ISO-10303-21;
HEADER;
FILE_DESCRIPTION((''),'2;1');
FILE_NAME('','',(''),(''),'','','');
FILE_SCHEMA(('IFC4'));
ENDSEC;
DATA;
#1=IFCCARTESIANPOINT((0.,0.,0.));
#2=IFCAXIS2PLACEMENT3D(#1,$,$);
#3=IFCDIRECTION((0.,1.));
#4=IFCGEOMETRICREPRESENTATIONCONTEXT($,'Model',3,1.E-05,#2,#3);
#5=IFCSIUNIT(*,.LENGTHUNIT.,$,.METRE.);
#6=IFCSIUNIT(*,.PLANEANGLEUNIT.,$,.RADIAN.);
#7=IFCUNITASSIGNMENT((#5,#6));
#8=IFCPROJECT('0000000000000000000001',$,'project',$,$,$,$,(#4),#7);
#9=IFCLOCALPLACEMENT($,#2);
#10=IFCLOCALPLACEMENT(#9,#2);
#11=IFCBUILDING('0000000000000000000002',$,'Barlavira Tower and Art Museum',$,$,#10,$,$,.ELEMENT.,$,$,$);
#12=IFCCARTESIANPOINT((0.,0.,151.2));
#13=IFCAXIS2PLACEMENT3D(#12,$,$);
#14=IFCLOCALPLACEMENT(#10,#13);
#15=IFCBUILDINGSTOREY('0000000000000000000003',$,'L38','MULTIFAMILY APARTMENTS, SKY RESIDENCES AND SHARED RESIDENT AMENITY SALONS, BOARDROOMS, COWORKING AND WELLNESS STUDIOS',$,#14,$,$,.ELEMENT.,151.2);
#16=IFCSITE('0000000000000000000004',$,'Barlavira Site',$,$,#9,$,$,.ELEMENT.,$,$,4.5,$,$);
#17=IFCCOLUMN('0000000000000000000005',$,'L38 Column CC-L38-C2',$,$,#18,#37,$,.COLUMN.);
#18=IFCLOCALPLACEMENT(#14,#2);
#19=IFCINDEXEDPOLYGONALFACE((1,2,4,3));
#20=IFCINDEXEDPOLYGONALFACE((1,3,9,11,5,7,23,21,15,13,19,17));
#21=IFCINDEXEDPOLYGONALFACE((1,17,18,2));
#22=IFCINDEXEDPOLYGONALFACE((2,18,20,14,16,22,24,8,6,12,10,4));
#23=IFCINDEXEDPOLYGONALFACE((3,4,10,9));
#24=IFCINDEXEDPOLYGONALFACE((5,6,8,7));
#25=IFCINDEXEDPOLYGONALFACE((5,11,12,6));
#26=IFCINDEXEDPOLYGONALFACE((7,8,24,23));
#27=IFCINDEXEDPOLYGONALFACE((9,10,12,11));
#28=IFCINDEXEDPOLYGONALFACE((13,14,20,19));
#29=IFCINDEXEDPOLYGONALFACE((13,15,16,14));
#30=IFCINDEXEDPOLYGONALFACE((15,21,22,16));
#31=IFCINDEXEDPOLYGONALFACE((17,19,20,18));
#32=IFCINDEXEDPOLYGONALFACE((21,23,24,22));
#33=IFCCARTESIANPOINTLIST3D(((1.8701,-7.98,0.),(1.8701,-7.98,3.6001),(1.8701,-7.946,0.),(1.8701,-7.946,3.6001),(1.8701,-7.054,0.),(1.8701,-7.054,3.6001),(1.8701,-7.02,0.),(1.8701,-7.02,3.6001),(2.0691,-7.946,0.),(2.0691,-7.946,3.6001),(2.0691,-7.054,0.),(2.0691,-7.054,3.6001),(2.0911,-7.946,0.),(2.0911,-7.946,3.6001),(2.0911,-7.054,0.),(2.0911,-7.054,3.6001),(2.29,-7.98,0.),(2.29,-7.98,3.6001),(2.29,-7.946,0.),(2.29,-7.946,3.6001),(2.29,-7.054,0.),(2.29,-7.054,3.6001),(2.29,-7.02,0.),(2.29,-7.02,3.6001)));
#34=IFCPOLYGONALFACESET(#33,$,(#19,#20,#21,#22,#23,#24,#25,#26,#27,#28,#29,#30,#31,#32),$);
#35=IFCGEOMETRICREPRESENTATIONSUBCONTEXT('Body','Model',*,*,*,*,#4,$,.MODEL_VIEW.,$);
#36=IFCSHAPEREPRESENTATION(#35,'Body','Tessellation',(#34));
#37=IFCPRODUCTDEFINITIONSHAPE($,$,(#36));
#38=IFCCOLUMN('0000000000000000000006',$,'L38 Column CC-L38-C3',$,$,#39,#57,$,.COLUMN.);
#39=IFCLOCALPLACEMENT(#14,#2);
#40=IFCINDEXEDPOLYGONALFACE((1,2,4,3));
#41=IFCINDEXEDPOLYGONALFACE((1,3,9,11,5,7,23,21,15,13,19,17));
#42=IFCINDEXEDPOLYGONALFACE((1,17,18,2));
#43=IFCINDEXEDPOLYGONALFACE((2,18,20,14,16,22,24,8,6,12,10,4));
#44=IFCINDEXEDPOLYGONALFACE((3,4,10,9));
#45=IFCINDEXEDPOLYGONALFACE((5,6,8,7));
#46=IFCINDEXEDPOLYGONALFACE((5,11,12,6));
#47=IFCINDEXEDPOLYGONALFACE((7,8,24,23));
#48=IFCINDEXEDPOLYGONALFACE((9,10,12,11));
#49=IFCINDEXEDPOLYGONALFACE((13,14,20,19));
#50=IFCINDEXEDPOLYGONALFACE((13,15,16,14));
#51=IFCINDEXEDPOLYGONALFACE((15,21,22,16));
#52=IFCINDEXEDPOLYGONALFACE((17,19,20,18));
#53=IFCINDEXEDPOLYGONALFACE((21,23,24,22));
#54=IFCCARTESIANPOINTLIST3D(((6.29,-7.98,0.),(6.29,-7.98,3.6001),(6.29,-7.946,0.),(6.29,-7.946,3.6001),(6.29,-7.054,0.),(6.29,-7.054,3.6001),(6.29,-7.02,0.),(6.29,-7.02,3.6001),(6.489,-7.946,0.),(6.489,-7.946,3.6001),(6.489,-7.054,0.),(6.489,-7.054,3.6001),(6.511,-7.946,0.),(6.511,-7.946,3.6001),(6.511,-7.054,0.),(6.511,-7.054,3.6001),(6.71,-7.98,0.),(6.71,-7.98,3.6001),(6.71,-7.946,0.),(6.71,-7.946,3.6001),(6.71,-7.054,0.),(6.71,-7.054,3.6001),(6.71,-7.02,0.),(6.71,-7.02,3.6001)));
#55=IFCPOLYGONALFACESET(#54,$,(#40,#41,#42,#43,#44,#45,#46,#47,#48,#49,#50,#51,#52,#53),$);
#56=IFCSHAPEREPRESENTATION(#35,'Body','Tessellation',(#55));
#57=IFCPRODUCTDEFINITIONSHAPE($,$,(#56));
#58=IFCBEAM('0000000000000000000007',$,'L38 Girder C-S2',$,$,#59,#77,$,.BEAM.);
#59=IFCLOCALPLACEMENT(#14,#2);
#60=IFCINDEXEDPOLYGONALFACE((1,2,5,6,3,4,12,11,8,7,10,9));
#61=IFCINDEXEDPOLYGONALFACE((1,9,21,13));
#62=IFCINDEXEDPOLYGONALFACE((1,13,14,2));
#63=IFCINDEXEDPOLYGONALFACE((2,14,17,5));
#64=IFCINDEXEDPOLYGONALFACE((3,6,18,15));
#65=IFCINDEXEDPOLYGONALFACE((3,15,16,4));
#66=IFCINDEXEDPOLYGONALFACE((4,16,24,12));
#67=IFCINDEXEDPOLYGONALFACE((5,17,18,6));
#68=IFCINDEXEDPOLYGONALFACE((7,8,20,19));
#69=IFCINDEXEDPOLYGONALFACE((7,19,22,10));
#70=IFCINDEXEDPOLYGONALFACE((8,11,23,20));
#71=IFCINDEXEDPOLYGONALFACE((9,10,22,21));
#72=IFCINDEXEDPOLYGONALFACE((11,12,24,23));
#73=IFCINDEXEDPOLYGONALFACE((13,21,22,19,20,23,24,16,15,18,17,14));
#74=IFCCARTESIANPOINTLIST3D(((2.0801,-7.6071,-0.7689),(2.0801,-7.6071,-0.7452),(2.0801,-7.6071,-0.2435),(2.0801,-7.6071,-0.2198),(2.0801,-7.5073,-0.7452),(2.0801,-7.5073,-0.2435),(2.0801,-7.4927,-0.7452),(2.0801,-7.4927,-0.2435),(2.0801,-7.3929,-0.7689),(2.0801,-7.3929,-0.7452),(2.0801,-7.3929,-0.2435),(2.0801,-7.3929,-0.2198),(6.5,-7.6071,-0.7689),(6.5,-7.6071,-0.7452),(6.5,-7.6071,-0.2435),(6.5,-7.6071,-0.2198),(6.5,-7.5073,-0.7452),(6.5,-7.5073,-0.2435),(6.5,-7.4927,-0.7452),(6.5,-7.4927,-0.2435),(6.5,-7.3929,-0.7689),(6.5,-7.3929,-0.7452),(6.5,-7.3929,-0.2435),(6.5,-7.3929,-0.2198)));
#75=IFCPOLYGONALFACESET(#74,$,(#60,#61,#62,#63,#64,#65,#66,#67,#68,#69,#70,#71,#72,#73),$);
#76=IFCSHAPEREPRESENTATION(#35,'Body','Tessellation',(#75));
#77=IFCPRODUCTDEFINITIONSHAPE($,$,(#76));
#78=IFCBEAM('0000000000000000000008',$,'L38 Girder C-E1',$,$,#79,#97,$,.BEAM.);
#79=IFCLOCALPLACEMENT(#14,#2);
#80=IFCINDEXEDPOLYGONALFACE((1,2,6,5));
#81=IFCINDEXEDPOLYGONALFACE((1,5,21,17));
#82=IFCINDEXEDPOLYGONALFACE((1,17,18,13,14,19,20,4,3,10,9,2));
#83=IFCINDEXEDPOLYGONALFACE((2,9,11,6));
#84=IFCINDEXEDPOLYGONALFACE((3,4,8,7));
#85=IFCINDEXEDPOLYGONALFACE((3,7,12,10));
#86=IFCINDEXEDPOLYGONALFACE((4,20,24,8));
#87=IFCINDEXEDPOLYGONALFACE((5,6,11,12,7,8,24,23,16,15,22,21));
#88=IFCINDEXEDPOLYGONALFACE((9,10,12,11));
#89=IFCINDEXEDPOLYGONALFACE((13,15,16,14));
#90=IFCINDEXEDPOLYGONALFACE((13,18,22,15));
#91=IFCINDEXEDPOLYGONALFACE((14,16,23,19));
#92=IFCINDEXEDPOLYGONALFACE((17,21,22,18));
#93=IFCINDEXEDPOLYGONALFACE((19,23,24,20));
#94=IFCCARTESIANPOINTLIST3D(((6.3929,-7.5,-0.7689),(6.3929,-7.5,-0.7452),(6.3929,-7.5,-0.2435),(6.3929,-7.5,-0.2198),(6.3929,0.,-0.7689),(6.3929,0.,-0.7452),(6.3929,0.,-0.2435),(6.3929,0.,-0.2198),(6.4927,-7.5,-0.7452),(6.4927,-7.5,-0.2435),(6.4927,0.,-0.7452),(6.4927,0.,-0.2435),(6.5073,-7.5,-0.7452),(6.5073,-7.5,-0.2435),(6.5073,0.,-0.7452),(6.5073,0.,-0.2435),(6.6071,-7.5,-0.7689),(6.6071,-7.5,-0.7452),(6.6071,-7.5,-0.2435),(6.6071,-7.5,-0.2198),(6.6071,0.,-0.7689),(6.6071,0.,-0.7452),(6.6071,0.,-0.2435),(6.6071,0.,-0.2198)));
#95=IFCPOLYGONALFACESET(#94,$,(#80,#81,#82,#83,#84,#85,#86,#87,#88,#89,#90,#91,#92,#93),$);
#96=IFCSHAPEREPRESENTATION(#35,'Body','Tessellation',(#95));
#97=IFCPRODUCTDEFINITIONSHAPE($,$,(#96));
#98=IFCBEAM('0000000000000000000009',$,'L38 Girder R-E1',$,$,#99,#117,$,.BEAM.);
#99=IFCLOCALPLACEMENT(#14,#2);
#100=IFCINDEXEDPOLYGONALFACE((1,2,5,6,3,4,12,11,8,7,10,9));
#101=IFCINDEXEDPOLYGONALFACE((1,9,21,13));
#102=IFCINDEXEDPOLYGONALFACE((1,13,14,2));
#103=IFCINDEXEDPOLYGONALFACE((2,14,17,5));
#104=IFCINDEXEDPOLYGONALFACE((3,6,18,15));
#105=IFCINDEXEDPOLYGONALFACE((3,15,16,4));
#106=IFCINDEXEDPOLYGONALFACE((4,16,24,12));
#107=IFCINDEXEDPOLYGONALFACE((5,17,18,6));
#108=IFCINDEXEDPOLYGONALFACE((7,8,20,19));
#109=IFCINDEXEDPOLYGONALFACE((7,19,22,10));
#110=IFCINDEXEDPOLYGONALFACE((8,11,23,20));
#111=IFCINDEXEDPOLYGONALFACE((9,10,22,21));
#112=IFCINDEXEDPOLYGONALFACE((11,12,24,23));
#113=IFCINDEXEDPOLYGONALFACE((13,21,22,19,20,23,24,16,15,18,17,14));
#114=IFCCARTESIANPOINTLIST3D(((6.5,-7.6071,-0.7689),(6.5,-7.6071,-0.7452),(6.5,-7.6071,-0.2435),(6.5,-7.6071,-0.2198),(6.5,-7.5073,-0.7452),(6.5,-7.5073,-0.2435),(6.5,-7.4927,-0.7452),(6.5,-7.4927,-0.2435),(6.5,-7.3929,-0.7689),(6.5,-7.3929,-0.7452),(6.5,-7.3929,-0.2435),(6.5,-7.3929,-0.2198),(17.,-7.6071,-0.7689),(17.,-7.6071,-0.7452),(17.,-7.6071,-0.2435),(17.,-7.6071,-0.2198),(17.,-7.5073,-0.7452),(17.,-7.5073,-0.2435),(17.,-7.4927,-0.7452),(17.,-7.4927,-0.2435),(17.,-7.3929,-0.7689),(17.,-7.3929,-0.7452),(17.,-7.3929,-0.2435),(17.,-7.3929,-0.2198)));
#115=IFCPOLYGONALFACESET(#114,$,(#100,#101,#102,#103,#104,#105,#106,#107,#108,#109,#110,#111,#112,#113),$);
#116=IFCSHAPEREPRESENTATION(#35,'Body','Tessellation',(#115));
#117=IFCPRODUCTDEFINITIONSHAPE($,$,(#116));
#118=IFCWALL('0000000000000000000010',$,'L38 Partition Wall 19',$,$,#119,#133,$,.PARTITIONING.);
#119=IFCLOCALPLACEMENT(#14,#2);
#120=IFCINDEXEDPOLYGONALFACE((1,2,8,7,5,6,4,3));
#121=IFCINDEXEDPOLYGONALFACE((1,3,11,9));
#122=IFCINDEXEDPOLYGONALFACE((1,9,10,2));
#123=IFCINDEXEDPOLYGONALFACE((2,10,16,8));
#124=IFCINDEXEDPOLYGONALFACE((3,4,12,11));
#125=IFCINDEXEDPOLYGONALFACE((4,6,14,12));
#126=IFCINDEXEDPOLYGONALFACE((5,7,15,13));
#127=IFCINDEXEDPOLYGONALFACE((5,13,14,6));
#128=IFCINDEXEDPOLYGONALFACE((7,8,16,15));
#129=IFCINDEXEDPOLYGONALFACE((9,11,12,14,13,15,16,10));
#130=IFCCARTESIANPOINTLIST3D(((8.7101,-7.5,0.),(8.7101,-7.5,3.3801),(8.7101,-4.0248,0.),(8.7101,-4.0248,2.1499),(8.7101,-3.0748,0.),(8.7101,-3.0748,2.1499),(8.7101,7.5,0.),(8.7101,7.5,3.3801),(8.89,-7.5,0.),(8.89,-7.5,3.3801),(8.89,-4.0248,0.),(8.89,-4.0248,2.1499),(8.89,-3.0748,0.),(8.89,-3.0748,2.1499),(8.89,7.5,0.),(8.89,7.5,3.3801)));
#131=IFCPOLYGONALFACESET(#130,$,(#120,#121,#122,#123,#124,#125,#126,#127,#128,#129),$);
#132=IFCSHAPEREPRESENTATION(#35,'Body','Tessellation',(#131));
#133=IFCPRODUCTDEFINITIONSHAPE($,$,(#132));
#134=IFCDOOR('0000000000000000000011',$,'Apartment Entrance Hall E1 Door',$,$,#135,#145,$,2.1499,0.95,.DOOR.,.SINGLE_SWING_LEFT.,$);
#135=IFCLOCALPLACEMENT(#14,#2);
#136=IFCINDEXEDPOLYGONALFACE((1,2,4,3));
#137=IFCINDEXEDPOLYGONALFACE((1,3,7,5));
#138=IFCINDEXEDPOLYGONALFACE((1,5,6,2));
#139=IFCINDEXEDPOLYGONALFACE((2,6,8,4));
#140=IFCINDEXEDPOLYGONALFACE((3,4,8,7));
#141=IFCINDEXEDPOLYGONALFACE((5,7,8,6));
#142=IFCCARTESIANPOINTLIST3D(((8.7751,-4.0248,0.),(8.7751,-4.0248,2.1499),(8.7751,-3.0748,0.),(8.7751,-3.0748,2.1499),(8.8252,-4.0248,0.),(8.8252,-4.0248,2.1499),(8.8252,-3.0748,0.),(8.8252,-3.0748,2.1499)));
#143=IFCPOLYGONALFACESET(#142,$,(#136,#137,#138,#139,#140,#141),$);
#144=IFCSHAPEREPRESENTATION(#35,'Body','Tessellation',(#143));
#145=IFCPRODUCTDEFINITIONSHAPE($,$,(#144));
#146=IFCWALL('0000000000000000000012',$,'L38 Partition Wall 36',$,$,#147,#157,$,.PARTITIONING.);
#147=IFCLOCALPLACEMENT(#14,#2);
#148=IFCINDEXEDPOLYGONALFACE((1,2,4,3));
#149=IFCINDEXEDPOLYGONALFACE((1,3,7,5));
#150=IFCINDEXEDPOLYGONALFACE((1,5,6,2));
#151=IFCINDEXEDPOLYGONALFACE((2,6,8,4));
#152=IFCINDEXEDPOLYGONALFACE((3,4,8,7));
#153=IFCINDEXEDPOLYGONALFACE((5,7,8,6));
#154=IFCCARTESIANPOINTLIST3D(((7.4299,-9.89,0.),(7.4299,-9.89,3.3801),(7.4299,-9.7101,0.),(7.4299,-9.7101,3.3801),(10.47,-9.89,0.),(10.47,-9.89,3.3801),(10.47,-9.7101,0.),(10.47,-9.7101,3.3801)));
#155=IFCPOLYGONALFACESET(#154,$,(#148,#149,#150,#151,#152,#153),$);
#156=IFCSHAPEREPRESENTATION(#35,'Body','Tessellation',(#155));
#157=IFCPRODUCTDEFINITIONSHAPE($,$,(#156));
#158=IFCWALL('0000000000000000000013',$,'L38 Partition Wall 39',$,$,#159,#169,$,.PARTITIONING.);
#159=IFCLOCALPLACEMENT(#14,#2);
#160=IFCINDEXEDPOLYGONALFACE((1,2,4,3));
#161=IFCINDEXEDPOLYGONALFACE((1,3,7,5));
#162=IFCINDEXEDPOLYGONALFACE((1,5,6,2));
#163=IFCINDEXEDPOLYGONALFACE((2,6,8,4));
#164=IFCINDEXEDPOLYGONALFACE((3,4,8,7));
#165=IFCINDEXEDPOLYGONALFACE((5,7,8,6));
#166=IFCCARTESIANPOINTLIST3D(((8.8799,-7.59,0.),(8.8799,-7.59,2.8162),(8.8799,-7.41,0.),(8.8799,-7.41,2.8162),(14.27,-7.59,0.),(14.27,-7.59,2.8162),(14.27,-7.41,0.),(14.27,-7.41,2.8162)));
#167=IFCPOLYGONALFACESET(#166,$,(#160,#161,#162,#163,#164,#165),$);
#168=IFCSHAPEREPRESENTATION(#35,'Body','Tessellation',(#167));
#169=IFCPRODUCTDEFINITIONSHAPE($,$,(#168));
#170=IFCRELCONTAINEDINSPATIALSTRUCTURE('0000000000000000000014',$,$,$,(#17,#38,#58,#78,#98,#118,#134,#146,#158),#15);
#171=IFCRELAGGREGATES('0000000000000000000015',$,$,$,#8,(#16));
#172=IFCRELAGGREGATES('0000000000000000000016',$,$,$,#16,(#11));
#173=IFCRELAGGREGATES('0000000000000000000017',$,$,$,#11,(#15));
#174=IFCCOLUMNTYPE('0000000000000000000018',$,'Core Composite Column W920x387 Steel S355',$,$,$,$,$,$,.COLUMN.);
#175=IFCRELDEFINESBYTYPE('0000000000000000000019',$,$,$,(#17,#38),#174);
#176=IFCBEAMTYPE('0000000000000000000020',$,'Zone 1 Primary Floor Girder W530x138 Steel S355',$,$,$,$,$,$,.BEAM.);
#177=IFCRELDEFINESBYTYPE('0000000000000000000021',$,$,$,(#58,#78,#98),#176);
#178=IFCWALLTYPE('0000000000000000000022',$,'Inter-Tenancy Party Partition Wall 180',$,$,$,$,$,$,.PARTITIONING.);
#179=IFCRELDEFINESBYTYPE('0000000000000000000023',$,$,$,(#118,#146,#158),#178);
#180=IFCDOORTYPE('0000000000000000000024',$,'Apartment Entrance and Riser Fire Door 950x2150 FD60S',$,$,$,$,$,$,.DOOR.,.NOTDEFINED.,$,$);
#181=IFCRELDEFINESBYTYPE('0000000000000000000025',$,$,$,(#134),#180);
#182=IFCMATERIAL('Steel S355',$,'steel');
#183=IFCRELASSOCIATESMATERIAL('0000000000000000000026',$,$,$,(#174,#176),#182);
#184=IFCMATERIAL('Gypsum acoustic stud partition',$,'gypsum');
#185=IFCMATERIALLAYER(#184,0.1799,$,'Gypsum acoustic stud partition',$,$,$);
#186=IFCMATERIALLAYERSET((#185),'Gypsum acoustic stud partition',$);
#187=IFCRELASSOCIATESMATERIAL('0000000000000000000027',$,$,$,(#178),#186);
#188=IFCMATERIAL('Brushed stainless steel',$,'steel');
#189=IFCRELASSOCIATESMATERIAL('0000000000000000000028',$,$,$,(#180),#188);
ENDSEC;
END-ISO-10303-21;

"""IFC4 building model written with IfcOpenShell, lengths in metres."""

from ifc_helpers import new_model, si_unit, direction, frame, frame_2d, origin, origin_2d, place, context, subcontext, project, spatial, rectangle, i_section, extrude, material, layer, layer_set, material_profile, profile_set, type_object, element, fill, save


model = new_model("IFC4")

# Units and contexts
model_context = context("Model", 3, precision=1e-05, world=origin(), true_north=direction((0.0, 1.0)))
body_context = subcontext(model_context, "Body", "Model", "MODEL_VIEW")
ifc_project = project(units=[si_unit("LENGTHUNIT", "METRE"), si_unit("PLANEANGLEUNIT", "RADIAN")], contexts=[model_context])

# Site, building, storey
site_placement = place(None, origin())
site = spatial("IfcSite", under=ifc_project, at=site_placement, Name="Barlavira Site", CompositionType="ELEMENT", RefElevation=4.5)
building_placement = place(site_placement, origin())
building = spatial("IfcBuilding", under=site, at=building_placement, Name="Barlavira Tower and Art Museum", CompositionType="ELEMENT")
storey_placement = place(building_placement, frame((0.0, 0.0, 151.2)))
storey = spatial("IfcBuildingStorey", under=building, at=storey_placement, Name="L38", Description="MULTIFAMILY APARTMENTS, SKY RESIDENCES AND SHARED RESIDENT AMENITY SALONS, BOARDROOMS, COWORKING AND WELLNESS STUDIOS", CompositionType="ELEMENT", Elevation=151.2)

# Columns
ifc_material_1 = material(Name="Steel S355", Category="steel")
ifc_material_profile_1 = material_profile(ifc_material_1, i_section(OverallWidth=0.4199, OverallDepth=0.96, WebThickness=0.022, FlangeThickness=0.0339, at=origin_2d()), Name="W920x387.0")
ifc_profile_set_1 = profile_set([ifc_material_profile_1], Name="Steel S355")
column_type = type_object("IfcColumnType", Name="Core Composite Column W920x387 Steel S355", PredefinedType="COLUMN", material=ifc_profile_set_1)
for number, where, z_axis, x_axis, name in (
    (1, (2.0801, -7.5, 0.0), (0.0, 0.0, 1.0), (1.0, 0.0, 0.0), "L38 Column CC-L38-C2"),
    (2, (6.5, -7.5, 0.0), (0.0, 0.0, 1.0), (1.0, 0.0, 0.0), "L38 Column CC-L38-C3"),
):
    element("IfcColumn", number, at=place(storey_placement, frame(where, z_axis=z_axis, x_axis=x_axis)), inside=storey, type_object=column_type, Name=name, PredefinedType="COLUMN", context=body_context, shape_type="SweptSolid", body=[
        extrude(i_section(OverallWidth=0.4199, OverallDepth=0.96, WebThickness=0.022, FlangeThickness=0.0339, at=origin_2d()), origin(), (0.0, 0.0, 1.0), 3.6001),
    ])

# Beams
ifc_material_profile_2 = material_profile(ifc_material_1, i_section(OverallWidth=0.2141, OverallDepth=0.5491, WebThickness=0.0146, FlangeThickness=0.0237, at=origin_2d()), Name="W530x138.0")
ifc_profile_set_2 = profile_set([ifc_material_profile_2], Name="Steel S355")
beam_type = type_object("IfcBeamType", Name="Zone 1 Primary Floor Girder W530x138 Steel S355", PredefinedType="BEAM", material=ifc_profile_set_2)
beam_1_placement = place(storey_placement, frame((2.0801, -7.5, -0.4944), z_axis=(1.0, 0.0, 0.0), x_axis=(0.0, 1.0, 0.0)))
element("IfcBeam", 3, at=beam_1_placement, inside=storey, type_object=beam_type, Name="L38 Girder C-S2", PredefinedType="BEAM", context=body_context, shape_type="SweptSolid", body=[
    extrude(i_section(OverallWidth=0.2141, OverallDepth=0.5491, WebThickness=0.0146, FlangeThickness=0.0237, at=origin_2d()), origin(), (0.0, 0.0, 1.0), 4.4199),
])
beam_2_placement = place(storey_placement, frame((6.5, -7.5, -0.4944), z_axis=(0.0, 1.0, 0.0), x_axis=(-1.0, 0.0, 0.0)))
element("IfcBeam", 4, at=beam_2_placement, inside=storey, type_object=beam_type, Name="L38 Girder C-E1", PredefinedType="BEAM", context=body_context, shape_type="SweptSolid", body=[
    extrude(i_section(OverallWidth=0.2141, OverallDepth=0.5491, WebThickness=0.0146, FlangeThickness=0.0237, at=origin_2d()), origin(), (0.0, 0.0, 1.0), 7.5),
])
beam_3_placement = place(storey_placement, frame((6.5, -7.5, -0.4944), z_axis=(1.0, 0.0, 0.0), x_axis=(0.0, 1.0, 0.0)))
element("IfcBeam", 5, at=beam_3_placement, inside=storey, type_object=beam_type, Name="L38 Girder R-E1", PredefinedType="BEAM", context=body_context, shape_type="SweptSolid", body=[
    extrude(i_section(OverallWidth=0.2141, OverallDepth=0.5491, WebThickness=0.0146, FlangeThickness=0.0237, at=origin_2d()), origin(), (0.0, 0.0, 1.0), 10.5),
])

# Wall, opening, door
ifc_material_2 = material(Name="Brushed stainless steel", Category="steel")
ifc_material_3 = material(Name="Gypsum acoustic stud partition", Category="gypsum")
ifc_layer_1 = layer(ifc_material_3, 0.1799, Name="Gypsum acoustic stud partition")
ifc_layer_set_1 = layer_set([ifc_layer_1], Name="Gypsum acoustic stud partition")
wall_type_1 = type_object("IfcWallType", Name="Inter-Tenancy Party Partition Wall 180", PredefinedType="PARTITIONING", material=ifc_layer_set_1)
wall_1_placement = place(storey_placement, frame((8.8, -7.5, 0.0), z_axis=(0.0, 0.0, 1.0), x_axis=(0.0, 1.0, 0.0)))
wall_1 = element("IfcWall", 6, at=wall_1_placement, inside=storey, type_object=wall_type_1, Name="L38 Partition Wall 19", PredefinedType="PARTITIONING", context=body_context, shape_type="SweptSolid", body=[
    extrude(rectangle(XDim=15.0, YDim=0.1799, at=frame_2d((7.5, 0.0))), origin(), (0.0, 0.0, 1.0), 3.3801),
])
opening_1_placement = place(wall_1_placement, frame((3.4751, 0.0, 0.0)))
opening_1 = element("IfcOpeningElement", 7, at=opening_1_placement, cuts=wall_1, PredefinedType="OPENING", context=body_context, shape_type="SweptSolid", body=[
    extrude(rectangle(XDim=0.95, YDim=2.1499, at=frame_2d((0.4751, 1.075))), frame((0.0, 0.1001, 0.0), z_axis=(0.0, -1.0, 0.0), x_axis=(1.0, 0.0, 0.0)), (0.0, 0.0, 1.0), 0.2),
])
door_type_1 = type_object("IfcDoorType", Name="Apartment Entrance and Riser Fire Door 950x2150 FD60S", OperationType="NOTDEFINED", PredefinedType="DOOR", material=ifc_material_2)
door_1_placement = place(opening_1_placement, origin())
door_1 = element("IfcDoor", 8, at=door_1_placement, inside=storey, type_object=door_type_1, Name="Apartment Entrance Hall E1 Door", OperationType="SINGLE_SWING_LEFT", OverallHeight=2.1499, OverallWidth=0.95, PredefinedType="DOOR", context=body_context, shape_type="SweptSolid", body=[
    extrude(rectangle(XDim=0.95, YDim=2.1499, at=frame_2d((0.4751, 1.075))), frame((0.0, 0.0249, 0.0), z_axis=(0.0, -1.0, 0.0), x_axis=(1.0, 0.0, 0.0)), (0.0, 0.0, 1.0), 0.05),
])
fill(opening_1, door_1)

# Walls
wall_2_placement = place(storey_placement, frame((7.4299, -9.8, 0.0), z_axis=(0.0, 0.0, 1.0), x_axis=(1.0, 0.0, 0.0)))
element("IfcWall", 9, at=wall_2_placement, inside=storey, type_object=wall_type_1, Name="L38 Partition Wall 36", PredefinedType="PARTITIONING", context=body_context, shape_type="SweptSolid", body=[
    extrude(rectangle(XDim=3.04, YDim=0.1799, at=frame_2d((1.52, 0.0))), origin(), (0.0, 0.0, 1.0), 3.3801),
])
wall_3_placement = place(storey_placement, frame((8.8799, -7.5, 0.0), z_axis=(0.0, 0.0, 1.0), x_axis=(1.0, 0.0, 0.0)))
element("IfcWall", 10, at=wall_3_placement, inside=storey, type_object=wall_type_1, Name="L38 Partition Wall 39", PredefinedType="PARTITIONING", context=body_context, shape_type="SweptSolid", body=[
    extrude(rectangle(XDim=5.3901, YDim=0.1799, at=frame_2d((2.6951, 0.0))), origin(), (0.0, 0.0, 1.0), 2.8162),
])

save(model, "model.ifc")
